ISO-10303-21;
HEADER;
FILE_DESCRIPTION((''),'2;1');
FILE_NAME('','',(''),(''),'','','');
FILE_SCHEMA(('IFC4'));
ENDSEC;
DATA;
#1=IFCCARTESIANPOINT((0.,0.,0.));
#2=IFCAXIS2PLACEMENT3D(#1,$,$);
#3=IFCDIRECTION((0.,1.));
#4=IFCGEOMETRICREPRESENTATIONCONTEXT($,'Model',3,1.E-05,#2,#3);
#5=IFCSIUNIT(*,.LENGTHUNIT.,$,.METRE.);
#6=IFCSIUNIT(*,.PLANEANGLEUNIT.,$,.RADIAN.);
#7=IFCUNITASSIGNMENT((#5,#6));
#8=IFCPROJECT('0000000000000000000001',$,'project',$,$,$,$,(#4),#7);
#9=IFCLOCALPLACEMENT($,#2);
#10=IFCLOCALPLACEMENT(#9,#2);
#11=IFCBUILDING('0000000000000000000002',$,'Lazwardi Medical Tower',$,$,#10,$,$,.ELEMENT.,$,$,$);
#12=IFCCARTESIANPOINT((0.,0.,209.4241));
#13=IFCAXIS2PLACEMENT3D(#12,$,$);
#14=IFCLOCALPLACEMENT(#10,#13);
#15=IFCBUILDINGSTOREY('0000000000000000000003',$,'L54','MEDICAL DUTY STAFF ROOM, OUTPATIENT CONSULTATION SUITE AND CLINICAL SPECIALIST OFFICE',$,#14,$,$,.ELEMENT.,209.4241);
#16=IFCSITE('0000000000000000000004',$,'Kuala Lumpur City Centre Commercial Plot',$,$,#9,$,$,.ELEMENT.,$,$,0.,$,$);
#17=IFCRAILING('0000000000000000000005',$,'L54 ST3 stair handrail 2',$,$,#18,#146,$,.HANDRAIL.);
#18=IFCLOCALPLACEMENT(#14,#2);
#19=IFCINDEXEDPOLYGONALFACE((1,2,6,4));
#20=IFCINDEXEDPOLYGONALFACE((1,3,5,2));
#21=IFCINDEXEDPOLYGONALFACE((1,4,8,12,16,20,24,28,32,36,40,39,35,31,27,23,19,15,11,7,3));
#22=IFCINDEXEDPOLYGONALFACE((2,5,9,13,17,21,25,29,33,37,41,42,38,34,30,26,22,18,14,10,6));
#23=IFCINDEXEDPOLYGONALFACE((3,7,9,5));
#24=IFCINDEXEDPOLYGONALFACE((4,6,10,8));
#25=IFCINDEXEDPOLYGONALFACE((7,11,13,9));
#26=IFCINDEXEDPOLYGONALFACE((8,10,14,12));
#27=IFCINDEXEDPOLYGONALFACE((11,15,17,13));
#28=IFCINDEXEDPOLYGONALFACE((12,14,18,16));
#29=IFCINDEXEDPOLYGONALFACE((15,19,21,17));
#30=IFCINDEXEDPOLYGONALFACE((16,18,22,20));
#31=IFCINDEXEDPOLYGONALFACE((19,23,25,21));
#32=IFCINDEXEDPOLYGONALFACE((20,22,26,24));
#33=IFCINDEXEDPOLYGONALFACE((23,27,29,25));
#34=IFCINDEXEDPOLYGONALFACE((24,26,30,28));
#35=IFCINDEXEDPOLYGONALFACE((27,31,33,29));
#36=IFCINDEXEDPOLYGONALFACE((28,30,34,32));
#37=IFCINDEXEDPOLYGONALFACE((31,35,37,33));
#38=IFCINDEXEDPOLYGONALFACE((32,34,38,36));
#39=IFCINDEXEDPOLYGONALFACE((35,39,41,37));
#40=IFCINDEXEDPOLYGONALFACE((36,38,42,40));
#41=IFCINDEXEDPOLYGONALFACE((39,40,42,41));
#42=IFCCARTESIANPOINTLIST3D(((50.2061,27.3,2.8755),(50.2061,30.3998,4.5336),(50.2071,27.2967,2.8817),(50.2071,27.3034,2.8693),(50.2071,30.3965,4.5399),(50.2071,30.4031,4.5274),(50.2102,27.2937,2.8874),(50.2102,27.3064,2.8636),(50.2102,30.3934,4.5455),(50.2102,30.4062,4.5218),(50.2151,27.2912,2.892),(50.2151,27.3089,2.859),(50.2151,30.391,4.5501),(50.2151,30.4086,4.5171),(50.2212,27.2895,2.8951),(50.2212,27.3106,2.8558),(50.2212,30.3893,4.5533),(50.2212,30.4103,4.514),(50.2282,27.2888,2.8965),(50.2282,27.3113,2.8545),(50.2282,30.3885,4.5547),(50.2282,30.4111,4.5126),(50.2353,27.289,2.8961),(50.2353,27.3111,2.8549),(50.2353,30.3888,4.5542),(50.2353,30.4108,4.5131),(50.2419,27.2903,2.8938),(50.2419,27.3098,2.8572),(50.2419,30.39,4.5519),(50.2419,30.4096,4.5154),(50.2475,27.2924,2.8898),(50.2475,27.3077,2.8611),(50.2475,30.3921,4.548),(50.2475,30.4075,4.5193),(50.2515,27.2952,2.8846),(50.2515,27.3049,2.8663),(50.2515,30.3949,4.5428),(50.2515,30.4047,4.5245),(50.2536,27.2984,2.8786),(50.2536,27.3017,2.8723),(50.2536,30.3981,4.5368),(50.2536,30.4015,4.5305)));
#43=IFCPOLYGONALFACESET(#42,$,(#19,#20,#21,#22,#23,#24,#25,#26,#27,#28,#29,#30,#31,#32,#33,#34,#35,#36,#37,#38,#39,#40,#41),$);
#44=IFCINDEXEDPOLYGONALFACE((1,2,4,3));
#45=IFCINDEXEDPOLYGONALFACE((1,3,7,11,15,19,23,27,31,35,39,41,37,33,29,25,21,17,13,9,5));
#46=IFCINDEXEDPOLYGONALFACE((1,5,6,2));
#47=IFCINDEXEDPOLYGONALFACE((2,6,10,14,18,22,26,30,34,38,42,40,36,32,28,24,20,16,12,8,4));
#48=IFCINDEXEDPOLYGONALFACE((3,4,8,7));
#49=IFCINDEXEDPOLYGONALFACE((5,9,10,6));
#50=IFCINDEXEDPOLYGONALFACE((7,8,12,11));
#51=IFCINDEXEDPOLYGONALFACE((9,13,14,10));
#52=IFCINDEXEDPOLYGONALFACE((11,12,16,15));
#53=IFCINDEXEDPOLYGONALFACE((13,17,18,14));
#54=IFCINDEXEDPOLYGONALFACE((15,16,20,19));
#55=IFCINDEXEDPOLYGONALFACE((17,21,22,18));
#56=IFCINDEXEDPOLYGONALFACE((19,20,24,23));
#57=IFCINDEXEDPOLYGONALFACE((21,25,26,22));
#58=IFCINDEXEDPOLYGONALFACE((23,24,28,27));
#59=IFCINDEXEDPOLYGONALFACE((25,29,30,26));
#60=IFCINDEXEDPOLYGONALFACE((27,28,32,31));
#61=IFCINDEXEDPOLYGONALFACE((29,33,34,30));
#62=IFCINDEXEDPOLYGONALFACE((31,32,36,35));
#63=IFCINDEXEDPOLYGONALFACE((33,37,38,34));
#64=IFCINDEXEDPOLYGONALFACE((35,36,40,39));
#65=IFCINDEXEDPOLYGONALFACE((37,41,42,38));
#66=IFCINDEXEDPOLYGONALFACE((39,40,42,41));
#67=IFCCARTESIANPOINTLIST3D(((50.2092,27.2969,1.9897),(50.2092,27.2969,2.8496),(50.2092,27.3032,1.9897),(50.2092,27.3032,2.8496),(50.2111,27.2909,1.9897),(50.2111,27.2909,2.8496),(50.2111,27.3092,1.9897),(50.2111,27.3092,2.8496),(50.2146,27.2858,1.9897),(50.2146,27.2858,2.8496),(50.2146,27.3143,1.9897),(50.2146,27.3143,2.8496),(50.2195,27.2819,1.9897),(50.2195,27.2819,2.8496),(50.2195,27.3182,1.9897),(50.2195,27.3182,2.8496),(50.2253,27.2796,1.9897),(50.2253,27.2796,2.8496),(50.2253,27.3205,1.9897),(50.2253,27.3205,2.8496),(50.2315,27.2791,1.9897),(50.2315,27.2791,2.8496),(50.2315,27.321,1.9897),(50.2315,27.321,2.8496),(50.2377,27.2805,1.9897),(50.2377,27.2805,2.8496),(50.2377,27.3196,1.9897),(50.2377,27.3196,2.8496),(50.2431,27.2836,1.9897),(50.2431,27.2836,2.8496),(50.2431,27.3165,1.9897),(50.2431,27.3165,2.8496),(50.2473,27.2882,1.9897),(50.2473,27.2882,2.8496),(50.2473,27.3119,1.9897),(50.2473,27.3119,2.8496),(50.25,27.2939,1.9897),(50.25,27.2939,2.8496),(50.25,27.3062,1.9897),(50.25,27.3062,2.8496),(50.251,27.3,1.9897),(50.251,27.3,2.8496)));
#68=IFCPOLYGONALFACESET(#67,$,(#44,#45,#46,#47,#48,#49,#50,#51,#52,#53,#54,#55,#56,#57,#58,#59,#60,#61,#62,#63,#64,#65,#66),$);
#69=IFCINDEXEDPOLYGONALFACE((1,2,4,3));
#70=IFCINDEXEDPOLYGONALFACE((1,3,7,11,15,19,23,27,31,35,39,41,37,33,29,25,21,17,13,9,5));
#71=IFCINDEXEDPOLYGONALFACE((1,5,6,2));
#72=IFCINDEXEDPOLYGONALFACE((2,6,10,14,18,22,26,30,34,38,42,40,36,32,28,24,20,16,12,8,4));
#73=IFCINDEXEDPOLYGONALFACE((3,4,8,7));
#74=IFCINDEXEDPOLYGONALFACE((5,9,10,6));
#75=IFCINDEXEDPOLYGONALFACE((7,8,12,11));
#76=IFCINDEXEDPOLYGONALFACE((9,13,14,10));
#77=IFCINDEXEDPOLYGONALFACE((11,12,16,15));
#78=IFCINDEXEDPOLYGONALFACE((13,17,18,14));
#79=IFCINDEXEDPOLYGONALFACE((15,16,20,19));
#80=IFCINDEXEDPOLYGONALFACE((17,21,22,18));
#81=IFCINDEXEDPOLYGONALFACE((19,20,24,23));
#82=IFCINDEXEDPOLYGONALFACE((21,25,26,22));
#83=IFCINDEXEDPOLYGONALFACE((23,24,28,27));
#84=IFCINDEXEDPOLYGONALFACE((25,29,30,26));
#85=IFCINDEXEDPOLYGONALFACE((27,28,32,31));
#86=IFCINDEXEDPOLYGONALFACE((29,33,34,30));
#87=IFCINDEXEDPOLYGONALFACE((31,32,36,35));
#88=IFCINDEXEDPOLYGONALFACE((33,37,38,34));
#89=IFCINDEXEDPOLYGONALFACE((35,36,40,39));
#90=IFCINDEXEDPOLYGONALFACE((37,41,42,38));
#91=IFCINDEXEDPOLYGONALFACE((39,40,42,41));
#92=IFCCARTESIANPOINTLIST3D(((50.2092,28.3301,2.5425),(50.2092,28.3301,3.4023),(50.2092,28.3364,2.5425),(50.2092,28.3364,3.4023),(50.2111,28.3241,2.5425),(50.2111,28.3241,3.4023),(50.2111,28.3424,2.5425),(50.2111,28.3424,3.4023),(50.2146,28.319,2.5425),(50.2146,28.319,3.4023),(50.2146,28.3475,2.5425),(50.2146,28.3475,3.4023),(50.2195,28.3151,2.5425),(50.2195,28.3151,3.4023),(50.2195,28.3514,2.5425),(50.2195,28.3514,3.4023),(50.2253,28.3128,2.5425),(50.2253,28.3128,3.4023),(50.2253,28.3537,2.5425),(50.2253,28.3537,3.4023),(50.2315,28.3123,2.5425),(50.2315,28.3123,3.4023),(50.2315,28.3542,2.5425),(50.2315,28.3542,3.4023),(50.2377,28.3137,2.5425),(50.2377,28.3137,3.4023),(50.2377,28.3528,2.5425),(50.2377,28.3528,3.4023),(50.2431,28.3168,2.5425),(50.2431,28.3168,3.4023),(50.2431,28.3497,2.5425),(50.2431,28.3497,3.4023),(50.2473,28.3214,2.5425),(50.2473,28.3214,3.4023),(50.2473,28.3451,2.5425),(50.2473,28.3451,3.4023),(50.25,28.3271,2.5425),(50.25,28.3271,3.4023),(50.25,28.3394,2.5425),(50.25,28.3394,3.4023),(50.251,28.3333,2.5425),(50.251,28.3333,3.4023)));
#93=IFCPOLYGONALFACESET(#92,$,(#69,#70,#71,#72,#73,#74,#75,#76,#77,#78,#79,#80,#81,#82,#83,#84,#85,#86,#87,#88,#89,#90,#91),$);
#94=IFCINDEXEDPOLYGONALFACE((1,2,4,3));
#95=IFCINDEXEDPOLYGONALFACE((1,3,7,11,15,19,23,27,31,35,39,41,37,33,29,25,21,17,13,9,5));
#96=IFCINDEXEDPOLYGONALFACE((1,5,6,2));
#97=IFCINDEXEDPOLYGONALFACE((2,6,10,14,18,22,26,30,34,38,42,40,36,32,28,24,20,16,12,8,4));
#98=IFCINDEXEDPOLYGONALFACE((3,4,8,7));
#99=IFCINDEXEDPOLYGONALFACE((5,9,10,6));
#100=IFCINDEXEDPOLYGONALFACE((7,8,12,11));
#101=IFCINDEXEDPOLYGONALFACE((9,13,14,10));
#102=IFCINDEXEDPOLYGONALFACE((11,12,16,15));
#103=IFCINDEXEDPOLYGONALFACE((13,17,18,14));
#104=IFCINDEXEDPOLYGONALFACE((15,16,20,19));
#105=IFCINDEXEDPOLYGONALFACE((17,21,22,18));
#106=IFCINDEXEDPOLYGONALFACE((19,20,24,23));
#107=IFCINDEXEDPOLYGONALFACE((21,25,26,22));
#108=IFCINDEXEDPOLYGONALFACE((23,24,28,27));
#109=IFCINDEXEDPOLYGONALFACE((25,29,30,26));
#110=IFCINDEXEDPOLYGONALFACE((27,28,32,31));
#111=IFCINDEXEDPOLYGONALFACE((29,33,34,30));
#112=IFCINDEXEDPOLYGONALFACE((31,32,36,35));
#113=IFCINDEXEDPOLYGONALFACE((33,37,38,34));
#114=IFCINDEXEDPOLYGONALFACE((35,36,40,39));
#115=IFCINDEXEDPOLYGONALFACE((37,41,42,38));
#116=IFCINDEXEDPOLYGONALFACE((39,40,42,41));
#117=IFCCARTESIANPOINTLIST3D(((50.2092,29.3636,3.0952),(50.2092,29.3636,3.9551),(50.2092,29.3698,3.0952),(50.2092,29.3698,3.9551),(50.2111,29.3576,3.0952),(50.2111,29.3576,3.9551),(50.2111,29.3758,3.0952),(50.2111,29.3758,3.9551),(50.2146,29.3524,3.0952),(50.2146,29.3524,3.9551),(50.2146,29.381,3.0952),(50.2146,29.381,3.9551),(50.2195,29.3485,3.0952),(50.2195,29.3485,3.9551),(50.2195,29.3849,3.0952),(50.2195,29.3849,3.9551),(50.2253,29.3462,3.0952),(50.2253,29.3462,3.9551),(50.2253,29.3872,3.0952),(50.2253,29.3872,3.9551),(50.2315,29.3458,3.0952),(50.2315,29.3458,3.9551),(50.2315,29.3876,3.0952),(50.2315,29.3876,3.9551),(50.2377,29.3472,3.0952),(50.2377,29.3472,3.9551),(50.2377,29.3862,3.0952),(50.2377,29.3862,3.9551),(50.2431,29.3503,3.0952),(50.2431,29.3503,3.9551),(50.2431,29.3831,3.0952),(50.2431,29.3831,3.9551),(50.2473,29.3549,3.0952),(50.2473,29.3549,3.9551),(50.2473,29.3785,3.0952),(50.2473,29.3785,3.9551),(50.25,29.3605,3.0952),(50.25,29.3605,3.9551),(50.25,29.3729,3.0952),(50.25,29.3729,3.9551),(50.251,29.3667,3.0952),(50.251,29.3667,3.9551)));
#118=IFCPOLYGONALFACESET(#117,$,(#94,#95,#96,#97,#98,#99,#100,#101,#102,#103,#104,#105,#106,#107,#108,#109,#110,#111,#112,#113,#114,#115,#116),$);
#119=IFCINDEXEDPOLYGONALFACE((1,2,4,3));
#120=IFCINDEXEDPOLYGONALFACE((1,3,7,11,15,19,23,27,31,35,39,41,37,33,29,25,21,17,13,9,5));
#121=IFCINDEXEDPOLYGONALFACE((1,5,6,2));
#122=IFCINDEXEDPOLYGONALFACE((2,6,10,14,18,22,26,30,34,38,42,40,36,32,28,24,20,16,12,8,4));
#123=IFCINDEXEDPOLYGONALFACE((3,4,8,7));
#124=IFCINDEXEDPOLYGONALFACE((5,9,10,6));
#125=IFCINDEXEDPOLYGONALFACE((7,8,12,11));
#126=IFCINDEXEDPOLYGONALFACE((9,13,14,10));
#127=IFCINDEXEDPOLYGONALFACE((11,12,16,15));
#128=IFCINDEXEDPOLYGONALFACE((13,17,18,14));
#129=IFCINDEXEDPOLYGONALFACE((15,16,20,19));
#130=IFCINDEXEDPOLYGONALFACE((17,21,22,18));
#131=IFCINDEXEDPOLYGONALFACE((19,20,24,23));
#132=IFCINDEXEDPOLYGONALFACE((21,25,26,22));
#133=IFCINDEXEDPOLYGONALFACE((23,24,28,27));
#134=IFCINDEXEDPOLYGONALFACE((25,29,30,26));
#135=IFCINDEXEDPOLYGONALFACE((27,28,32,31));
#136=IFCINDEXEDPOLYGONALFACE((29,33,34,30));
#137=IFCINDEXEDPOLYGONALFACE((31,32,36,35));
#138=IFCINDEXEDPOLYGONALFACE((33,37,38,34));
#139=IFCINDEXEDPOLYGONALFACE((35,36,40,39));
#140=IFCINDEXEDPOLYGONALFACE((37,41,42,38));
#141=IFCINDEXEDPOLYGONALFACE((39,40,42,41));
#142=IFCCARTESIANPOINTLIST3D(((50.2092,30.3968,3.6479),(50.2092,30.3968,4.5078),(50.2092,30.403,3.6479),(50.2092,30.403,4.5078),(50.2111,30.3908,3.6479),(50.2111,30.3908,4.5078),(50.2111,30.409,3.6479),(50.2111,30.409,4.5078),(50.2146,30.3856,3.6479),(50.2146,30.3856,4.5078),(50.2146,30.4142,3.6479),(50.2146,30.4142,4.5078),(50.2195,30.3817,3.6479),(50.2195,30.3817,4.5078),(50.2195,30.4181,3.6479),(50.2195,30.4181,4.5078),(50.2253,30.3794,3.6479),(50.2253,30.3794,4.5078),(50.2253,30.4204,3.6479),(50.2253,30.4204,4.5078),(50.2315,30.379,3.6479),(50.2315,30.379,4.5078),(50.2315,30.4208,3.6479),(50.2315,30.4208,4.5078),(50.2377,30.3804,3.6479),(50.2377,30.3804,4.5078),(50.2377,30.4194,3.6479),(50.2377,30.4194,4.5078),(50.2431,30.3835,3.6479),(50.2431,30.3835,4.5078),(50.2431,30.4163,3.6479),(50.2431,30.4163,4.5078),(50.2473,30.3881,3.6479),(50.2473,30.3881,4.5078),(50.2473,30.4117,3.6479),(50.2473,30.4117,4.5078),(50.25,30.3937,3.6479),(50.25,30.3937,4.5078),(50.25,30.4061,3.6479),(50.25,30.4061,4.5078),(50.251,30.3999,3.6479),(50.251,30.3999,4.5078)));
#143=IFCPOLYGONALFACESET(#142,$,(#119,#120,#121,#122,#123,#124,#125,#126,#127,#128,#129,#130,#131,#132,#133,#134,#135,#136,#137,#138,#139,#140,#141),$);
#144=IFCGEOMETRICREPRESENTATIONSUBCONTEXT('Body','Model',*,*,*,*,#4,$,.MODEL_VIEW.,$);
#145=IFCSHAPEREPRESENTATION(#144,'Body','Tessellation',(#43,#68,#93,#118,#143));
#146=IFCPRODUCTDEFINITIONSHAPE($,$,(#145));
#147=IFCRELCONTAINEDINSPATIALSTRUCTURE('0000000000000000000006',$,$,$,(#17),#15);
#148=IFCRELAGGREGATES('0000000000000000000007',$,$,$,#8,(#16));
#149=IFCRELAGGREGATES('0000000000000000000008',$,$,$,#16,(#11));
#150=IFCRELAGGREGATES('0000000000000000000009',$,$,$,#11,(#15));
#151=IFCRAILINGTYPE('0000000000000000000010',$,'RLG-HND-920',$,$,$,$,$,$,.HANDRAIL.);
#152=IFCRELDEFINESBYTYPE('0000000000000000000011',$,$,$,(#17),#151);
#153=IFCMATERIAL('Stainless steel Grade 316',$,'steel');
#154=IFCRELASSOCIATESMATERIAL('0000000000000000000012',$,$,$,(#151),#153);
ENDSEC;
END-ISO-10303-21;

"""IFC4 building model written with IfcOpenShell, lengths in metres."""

from ifc_helpers import new_model, si_unit, direction, frame, origin, origin_2d, place, context, subcontext, project, spatial, circle, extrude, material, type_object, element, save


model = new_model("IFC4")

# Units and contexts
model_context = context("Model", 3, precision=1e-05, world=origin(), true_north=direction((0.0, 1.0)))
body_context = subcontext(model_context, "Body", "Model", "MODEL_VIEW")
ifc_project = project(units=[si_unit("LENGTHUNIT", "METRE"), si_unit("PLANEANGLEUNIT", "RADIAN")], contexts=[model_context])

# Site, building, storey
site_placement = place(None, origin())
site = spatial("IfcSite", under=ifc_project, at=site_placement, Name="Kuala Lumpur City Centre Commercial Plot", CompositionType="ELEMENT", RefElevation=0.0)
building_placement = place(site_placement, origin())
building = spatial("IfcBuilding", under=site, at=building_placement, Name="Lazwardi Medical Tower", CompositionType="ELEMENT")
storey_placement = place(building_placement, frame((0.0, 0.0, 209.4241)))
storey = spatial("IfcBuildingStorey", under=building, at=storey_placement, Name="L54", Description="MEDICAL DUTY STAFF ROOM, OUTPATIENT CONSULTATION SUITE AND CLINICAL SPECIALIST OFFICE", CompositionType="ELEMENT", Elevation=209.4241)

# Railing
ifc_material_1 = material(Name="Stainless steel Grade 316", Category="steel")
railing_type_1 = type_object("IfcRailingType", Name="RLG-HND-920", PredefinedType="HANDRAIL", material=ifc_material_1)
railing_1_placement = place(storey_placement, frame((50.23, 27.3, 1.9897)))
element("IfcRailing", 1, at=railing_1_placement, inside=storey, type_object=railing_type_1, Name="L54 ST3 stair handrail 2", PredefinedType="HANDRAIL", context=body_context, shape_type="SweptSolid", body=[
    extrude(circle(Radius=0.0239, at=origin_2d()), frame((0.0, 0.0, 0.8857), z_axis=(0.0, 0.881768, 0.471684), x_axis=(-1.0, 0.0, 0.0)), (0.0, 0.0, 1.0), 3.5154),
    extrude(circle(Radius=0.021, at=origin_2d()), origin(), (0.0, 0.0, 1.0), 0.8599),
    extrude(circle(Radius=0.021, at=origin_2d()), frame((0.0, 1.0332, 0.5527)), (0.0, 0.0, 1.0), 0.8599),
    extrude(circle(Radius=0.021, at=origin_2d()), frame((0.0, 2.0667, 1.1055)), (0.0, 0.0, 1.0), 0.8599),
    extrude(circle(Radius=0.021, at=origin_2d()), frame((0.0, 3.0999, 1.6582)), (0.0, 0.0, 1.0), 0.8599),
])

save(model, "model.ifc")
